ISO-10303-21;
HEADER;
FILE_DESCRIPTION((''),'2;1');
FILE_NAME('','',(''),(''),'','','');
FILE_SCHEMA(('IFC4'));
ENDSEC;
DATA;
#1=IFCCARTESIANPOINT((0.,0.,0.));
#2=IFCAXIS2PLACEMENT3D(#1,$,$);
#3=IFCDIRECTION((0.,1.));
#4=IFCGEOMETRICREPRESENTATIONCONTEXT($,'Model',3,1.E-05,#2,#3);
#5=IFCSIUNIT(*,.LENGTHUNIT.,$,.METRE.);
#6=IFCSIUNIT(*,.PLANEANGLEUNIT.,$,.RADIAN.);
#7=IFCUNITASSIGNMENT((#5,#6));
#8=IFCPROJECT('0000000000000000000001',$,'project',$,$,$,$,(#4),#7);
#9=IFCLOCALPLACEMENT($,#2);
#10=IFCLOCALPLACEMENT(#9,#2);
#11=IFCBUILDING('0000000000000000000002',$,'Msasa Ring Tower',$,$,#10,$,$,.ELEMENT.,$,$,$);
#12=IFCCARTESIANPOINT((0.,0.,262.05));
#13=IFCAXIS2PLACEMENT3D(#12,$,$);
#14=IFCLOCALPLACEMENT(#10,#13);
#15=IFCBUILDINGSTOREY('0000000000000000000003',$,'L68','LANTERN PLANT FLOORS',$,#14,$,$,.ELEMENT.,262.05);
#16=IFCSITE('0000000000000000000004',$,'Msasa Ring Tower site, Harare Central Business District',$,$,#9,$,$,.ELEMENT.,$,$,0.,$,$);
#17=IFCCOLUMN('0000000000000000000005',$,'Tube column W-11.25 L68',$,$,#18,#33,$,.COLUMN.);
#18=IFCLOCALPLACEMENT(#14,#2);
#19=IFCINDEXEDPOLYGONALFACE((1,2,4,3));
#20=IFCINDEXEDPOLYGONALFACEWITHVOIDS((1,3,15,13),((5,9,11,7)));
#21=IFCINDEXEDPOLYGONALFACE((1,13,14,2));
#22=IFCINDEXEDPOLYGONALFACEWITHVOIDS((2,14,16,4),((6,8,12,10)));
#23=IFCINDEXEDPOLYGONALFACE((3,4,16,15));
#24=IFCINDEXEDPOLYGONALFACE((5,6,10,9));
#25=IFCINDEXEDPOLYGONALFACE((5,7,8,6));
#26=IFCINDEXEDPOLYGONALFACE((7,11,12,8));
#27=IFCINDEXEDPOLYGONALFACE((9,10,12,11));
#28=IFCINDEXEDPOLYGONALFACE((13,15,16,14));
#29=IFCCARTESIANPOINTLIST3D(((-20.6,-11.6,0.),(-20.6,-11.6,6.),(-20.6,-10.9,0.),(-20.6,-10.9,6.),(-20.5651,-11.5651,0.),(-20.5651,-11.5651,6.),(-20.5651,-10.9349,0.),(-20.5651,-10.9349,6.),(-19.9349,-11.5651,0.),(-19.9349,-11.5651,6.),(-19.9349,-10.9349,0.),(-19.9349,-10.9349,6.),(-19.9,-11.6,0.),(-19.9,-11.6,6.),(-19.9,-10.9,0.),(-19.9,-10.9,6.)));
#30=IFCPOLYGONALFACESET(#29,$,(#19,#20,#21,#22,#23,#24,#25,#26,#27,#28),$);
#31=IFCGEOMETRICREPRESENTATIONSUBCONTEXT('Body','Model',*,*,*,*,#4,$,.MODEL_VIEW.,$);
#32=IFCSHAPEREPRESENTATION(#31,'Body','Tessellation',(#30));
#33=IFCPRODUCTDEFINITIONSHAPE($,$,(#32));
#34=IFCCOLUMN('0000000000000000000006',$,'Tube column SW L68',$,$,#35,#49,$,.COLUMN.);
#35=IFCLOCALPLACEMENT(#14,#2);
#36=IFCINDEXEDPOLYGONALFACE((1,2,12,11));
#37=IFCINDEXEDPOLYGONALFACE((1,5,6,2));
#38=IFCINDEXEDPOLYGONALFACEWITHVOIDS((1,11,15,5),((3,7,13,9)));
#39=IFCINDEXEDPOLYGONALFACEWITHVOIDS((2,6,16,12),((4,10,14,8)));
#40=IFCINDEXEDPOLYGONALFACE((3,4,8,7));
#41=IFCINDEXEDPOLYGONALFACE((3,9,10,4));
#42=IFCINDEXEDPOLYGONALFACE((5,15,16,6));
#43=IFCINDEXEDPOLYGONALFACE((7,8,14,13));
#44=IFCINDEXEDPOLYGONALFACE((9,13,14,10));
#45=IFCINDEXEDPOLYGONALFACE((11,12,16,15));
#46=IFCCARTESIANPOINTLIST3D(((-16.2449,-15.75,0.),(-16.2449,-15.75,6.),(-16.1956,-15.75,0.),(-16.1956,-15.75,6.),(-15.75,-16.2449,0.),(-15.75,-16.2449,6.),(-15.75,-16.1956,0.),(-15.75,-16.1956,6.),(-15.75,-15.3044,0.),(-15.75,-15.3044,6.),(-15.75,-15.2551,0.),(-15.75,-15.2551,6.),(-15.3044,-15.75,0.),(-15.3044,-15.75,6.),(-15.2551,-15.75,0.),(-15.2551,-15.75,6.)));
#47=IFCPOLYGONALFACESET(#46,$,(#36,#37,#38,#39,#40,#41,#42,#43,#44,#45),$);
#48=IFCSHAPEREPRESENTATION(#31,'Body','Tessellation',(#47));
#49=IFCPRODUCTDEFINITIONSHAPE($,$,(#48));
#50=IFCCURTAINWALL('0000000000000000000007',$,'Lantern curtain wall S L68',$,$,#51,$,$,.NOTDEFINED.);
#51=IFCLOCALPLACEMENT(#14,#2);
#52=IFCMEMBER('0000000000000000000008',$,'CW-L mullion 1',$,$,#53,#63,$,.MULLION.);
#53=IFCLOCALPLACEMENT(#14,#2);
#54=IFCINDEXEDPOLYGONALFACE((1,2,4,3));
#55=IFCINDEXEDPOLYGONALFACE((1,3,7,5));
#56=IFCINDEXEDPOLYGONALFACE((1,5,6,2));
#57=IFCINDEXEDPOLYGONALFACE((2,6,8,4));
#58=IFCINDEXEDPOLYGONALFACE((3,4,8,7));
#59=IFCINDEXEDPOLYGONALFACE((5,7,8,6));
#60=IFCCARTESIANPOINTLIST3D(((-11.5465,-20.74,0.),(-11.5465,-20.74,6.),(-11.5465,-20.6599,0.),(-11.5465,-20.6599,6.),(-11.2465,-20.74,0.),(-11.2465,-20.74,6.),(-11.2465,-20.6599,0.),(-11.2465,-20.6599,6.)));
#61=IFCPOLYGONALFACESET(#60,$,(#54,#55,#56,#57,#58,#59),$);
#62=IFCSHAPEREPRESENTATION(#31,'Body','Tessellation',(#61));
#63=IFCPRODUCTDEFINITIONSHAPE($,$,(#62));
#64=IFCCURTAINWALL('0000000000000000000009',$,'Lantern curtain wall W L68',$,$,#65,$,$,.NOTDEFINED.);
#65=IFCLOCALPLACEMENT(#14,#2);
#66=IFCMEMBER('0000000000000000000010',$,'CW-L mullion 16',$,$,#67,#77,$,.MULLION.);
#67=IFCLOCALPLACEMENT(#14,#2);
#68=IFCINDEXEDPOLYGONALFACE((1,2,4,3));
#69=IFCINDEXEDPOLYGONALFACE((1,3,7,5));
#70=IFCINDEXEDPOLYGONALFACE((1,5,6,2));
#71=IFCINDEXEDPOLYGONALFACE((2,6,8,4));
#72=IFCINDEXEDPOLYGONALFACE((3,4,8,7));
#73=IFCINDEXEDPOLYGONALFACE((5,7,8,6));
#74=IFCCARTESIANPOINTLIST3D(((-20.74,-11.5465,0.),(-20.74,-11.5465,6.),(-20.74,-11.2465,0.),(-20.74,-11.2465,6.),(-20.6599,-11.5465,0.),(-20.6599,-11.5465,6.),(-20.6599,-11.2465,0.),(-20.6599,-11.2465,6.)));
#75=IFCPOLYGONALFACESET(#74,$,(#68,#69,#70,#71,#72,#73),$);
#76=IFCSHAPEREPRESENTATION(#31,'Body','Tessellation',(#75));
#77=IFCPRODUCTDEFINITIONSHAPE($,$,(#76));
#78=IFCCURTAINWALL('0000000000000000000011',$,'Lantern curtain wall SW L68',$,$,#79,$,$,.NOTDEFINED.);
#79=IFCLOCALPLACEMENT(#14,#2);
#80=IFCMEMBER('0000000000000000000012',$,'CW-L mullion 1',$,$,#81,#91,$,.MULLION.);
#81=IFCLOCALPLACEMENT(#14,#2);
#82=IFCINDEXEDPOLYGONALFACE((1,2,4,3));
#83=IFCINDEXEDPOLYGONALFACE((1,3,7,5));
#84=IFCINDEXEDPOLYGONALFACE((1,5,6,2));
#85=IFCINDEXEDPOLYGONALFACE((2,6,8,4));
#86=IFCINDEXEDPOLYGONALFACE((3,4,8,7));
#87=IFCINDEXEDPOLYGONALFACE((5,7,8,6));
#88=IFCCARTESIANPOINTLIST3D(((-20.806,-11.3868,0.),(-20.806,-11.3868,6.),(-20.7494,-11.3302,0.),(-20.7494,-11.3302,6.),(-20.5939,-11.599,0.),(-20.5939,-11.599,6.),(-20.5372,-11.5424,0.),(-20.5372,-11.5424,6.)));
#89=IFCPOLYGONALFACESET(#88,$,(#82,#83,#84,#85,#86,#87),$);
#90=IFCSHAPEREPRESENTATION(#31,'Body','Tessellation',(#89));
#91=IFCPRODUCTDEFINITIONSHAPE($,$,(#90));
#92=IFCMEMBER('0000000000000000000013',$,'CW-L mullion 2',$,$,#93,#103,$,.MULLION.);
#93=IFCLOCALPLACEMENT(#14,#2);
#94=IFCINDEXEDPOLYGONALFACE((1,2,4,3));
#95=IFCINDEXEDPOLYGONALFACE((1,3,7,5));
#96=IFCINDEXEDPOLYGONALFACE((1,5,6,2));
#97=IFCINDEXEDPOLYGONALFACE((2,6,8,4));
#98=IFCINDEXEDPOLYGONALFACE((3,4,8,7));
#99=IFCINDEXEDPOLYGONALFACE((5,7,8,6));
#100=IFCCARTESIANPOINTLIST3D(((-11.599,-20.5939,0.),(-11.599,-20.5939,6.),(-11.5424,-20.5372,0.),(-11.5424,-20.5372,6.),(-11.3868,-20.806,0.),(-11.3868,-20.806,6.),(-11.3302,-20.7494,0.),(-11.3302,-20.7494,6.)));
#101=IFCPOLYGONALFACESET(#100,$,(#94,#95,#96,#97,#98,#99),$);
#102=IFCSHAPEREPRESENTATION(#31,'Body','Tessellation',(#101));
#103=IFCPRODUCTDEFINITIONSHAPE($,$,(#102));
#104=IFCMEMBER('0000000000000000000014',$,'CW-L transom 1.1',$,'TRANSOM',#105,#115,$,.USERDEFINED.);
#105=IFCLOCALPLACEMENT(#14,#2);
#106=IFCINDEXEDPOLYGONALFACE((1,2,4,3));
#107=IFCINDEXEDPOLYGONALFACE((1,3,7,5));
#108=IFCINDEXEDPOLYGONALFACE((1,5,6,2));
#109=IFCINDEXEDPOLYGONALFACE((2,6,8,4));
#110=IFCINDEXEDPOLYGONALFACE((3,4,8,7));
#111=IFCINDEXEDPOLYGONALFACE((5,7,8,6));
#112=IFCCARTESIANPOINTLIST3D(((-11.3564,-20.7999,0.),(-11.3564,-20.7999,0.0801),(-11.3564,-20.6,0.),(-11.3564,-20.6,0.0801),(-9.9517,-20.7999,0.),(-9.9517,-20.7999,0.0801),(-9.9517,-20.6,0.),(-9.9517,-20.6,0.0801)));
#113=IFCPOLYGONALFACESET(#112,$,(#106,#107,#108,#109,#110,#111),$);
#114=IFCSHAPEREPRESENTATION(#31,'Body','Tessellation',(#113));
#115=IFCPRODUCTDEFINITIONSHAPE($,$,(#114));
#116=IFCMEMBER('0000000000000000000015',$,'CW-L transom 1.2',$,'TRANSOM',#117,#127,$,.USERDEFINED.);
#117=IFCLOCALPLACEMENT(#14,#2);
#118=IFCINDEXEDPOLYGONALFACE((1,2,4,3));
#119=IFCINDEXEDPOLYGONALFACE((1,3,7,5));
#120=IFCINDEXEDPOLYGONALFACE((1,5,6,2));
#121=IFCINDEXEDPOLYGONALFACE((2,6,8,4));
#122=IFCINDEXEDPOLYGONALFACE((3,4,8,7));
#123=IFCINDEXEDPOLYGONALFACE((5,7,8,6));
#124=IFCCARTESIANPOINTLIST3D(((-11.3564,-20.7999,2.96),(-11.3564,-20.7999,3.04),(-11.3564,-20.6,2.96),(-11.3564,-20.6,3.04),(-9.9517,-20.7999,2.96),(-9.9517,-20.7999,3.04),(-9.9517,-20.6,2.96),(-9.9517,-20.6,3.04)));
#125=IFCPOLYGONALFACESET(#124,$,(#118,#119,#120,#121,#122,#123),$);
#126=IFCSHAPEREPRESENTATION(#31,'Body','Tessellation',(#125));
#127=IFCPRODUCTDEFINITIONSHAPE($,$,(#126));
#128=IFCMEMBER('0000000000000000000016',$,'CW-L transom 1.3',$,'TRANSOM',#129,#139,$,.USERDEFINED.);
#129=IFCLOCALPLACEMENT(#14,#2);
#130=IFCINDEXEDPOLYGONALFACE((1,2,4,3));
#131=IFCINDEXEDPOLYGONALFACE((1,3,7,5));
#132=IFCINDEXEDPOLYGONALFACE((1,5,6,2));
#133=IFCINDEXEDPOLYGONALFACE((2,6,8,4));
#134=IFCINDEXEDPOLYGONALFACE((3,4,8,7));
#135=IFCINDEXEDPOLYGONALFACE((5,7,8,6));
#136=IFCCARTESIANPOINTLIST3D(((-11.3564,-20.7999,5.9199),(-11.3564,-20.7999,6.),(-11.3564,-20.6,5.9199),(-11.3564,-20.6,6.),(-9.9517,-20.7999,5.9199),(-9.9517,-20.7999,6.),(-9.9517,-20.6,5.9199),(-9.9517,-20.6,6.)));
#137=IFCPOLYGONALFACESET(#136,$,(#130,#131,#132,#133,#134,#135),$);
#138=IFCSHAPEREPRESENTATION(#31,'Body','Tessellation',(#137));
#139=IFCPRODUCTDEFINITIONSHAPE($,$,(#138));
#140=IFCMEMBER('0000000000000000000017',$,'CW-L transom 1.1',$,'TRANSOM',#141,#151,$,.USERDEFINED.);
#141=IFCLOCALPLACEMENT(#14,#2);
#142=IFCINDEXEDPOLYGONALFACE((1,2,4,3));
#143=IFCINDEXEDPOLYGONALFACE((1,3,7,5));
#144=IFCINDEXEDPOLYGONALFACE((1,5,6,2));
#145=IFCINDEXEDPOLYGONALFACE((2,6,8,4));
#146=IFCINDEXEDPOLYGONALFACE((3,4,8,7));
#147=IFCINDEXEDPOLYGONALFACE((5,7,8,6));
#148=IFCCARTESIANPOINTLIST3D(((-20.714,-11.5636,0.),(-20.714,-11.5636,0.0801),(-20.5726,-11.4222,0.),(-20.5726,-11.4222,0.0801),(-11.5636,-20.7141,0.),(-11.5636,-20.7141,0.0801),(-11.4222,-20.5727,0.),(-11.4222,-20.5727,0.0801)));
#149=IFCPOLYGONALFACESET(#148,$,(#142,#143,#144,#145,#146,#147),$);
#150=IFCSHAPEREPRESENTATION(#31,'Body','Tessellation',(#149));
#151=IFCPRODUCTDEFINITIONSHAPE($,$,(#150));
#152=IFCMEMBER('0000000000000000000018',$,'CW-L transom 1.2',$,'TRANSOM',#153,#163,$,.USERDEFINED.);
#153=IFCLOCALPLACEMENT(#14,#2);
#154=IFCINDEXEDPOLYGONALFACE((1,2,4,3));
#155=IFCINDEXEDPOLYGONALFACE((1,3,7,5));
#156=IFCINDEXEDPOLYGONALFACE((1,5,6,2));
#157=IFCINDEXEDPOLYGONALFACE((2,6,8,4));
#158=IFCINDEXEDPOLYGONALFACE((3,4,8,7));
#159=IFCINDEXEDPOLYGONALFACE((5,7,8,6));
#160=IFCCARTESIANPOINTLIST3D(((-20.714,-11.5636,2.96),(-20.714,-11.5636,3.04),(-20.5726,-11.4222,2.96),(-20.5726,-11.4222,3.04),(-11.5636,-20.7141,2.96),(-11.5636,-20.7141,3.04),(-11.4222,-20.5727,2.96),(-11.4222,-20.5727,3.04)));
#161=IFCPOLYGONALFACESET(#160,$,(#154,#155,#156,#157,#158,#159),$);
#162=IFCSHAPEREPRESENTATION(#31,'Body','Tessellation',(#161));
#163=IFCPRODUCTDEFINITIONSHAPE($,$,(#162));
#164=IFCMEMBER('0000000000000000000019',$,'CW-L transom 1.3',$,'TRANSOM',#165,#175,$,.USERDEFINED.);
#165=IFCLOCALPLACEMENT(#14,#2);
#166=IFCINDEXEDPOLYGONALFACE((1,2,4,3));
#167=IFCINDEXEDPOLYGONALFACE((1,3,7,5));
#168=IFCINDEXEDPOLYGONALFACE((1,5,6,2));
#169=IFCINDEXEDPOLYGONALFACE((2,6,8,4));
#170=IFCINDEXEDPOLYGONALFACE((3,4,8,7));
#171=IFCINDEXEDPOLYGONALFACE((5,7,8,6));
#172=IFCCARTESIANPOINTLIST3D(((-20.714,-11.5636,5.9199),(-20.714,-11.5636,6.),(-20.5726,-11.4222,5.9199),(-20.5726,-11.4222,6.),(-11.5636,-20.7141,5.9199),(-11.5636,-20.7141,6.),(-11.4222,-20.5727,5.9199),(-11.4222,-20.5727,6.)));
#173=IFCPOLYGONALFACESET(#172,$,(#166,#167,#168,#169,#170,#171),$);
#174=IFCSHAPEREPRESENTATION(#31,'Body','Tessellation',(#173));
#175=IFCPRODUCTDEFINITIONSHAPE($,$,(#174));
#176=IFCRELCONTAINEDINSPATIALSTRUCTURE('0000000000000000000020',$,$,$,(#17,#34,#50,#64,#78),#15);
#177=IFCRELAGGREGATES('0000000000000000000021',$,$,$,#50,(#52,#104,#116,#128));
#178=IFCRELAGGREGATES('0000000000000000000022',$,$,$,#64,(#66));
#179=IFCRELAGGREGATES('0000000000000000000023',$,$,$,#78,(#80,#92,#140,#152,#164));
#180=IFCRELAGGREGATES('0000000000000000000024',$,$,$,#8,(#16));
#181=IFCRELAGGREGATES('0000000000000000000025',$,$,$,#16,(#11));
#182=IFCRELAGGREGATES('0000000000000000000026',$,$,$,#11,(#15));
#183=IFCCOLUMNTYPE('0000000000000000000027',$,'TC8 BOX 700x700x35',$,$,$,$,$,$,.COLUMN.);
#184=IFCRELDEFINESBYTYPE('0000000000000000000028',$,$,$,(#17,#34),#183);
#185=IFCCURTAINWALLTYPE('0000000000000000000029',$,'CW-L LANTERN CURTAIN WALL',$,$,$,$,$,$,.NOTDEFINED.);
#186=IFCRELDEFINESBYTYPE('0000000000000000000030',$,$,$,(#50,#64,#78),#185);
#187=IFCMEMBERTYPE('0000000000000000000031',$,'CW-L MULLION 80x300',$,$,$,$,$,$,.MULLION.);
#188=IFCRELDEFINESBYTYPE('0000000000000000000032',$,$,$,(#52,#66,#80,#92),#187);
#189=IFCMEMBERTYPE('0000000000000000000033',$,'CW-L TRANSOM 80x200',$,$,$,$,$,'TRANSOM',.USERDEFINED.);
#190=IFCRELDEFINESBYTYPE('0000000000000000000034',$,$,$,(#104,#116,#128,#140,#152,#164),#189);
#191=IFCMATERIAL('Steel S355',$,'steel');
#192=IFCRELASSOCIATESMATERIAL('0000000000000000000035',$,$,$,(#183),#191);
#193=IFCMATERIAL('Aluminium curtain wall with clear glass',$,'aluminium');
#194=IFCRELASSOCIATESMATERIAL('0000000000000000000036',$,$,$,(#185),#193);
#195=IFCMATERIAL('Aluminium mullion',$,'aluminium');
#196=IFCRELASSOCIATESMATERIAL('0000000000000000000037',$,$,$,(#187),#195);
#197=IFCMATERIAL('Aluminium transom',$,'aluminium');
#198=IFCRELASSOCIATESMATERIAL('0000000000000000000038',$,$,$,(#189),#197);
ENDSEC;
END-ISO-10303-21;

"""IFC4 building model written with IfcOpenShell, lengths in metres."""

from ifc_helpers import new_model, si_unit, direction, frame, origin, origin_2d, place, context, subcontext, project, spatial, rectangle, hollow_rectangle, extrude, material, material_profile, profile_set, type_object, element, aggregate, save


model = new_model("IFC4")

# Units and contexts
model_context = context("Model", 3, precision=1e-05, world=origin(), true_north=direction((0.0, 1.0)))
body_context = subcontext(model_context, "Body", "Model", "MODEL_VIEW")
ifc_project = project(units=[si_unit("LENGTHUNIT", "METRE"), si_unit("PLANEANGLEUNIT", "RADIAN")], contexts=[model_context])

# Site, building, storey
site_placement = place(None, origin())
site = spatial("IfcSite", under=ifc_project, at=site_placement, Name="Msasa Ring Tower site, Harare Central Business District", CompositionType="ELEMENT", RefElevation=0.0)
building_placement = place(site_placement, origin())
building = spatial("IfcBuilding", under=site, at=building_placement, Name="Msasa Ring Tower", CompositionType="ELEMENT")
storey_placement = place(building_placement, frame((0.0, 0.0, 262.05)))
storey = spatial("IfcBuildingStorey", under=building, at=storey_placement, Name="L68", Description="LANTERN PLANT FLOORS", CompositionType="ELEMENT", Elevation=262.05)

# Columns
ifc_material_1 = material(Name="Steel S355", Category="steel")
ifc_material_profile_1 = material_profile(ifc_material_1, hollow_rectangle(XDim=0.7, YDim=0.7, WallThickness=0.0349, at=origin_2d()), Name="BOX 700x700x35")
ifc_profile_set_1 = profile_set([ifc_material_profile_1], Name="Steel S355")
column_type = type_object("IfcColumnType", Name="TC8 BOX 700x700x35", PredefinedType="COLUMN", material=ifc_profile_set_1)
for number, where, z_axis, x_axis, name in (
    (1, (-20.25, -11.25, 0.0), (0.0, 0.0, 1.0), (1.0, 0.0, 0.0), "Tube column W-11.25 L68"),
    (2, (-15.75, -15.75, 0.0), (0.0, 0.0, 1.0), (0.707107, 0.707107, 0.0), "Tube column SW L68"),
):
    element("IfcColumn", number, at=place(storey_placement, frame(where, z_axis=z_axis, x_axis=x_axis)), inside=storey, type_object=column_type, Name=name, PredefinedType="COLUMN", context=body_context, shape_type="SweptSolid", body=[
        extrude(hollow_rectangle(XDim=0.7, YDim=0.7, WallThickness=0.0349, at=origin_2d()), origin(), (0.0, 0.0, 1.0), 6.0),
    ])

# Curtain walls, members
ifc_material_2 = material(Name="Aluminium curtain wall with clear glass", Category="aluminium")
curtain_wall_type = type_object("IfcCurtainWallType", Name="CW-L LANTERN CURTAIN WALL", PredefinedType="NOTDEFINED", material=ifc_material_2)
curtain_wall_1_placement = place(storey_placement, origin())
curtain_wall_1 = element("IfcCurtainWall", 3, at=curtain_wall_1_placement, inside=storey, type_object=curtain_wall_type, Name="Lantern curtain wall S L68", PredefinedType="NOTDEFINED")
ifc_material_3 = material(Name="Aluminium mullion", Category="aluminium")
ifc_material_profile_2 = material_profile(ifc_material_3, rectangle(XDim=0.0801, YDim=0.3, at=origin_2d()), Name="AL 80x300")
ifc_profile_set_2 = profile_set([ifc_material_profile_2], Name="Aluminium mullion")
member_type_1 = type_object("IfcMemberType", Name="CW-L MULLION 80x300", PredefinedType="MULLION", material=ifc_profile_set_2)
member_1_placement = place(storey_placement, frame((-11.3965, -20.7, 0.0), z_axis=(0.0, 0.0, 1.0), x_axis=(0.0, 1.0, 0.0)))
member_1 = element("IfcMember", 4, at=member_1_placement, type_object=member_type_1, Name="CW-L mullion 1", PredefinedType="MULLION", context=body_context, shape_type="SweptSolid", body=[
    extrude(rectangle(XDim=0.0801, YDim=0.3, at=origin_2d()), origin(), (0.0, 0.0, 1.0), 6.0),
])
curtain_wall_2_placement = place(storey_placement, origin())
curtain_wall_2 = element("IfcCurtainWall", 5, at=curtain_wall_2_placement, inside=storey, type_object=curtain_wall_type, Name="Lantern curtain wall W L68", PredefinedType="NOTDEFINED")
member_2_placement = place(storey_placement, frame((-20.7, -11.3965, 0.0), z_axis=(0.0, 0.0, 1.0), x_axis=(1.0, 0.0, 0.0)))
member_2 = element("IfcMember", 6, at=member_2_placement, type_object=member_type_1, Name="CW-L mullion 16", PredefinedType="MULLION", context=body_context, shape_type="SweptSolid", body=[
    extrude(rectangle(XDim=0.0801, YDim=0.3, at=origin_2d()), origin(), (0.0, 0.0, 1.0), 6.0),
])

# Curtain wall, members
curtain_wall_3_placement = place(storey_placement, origin())
curtain_wall_3 = element("IfcCurtainWall", 7, at=curtain_wall_3_placement, inside=storey, type_object=curtain_wall_type, Name="Lantern curtain wall SW L68", PredefinedType="NOTDEFINED")
member_3_placement = place(storey_placement, frame((-20.6716, -11.4646, 0.0), z_axis=(0.0, 0.0, 1.0), x_axis=(0.707107, 0.707107, 0.0)))
member_3 = element("IfcMember", 8, at=member_3_placement, type_object=member_type_1, Name="CW-L mullion 1", PredefinedType="MULLION", context=body_context, shape_type="SweptSolid", body=[
    extrude(rectangle(XDim=0.0801, YDim=0.3, at=origin_2d()), origin(), (0.0, 0.0, 1.0), 6.0),
])
member_4_placement = place(storey_placement, frame((-11.4646, -20.6716, 0.0), z_axis=(0.0, 0.0, 1.0), x_axis=(0.707107, 0.707107, 0.0)))
member_4 = element("IfcMember", 9, at=member_4_placement, type_object=member_type_1, Name="CW-L mullion 2", PredefinedType="MULLION", context=body_context, shape_type="SweptSolid", body=[
    extrude(rectangle(XDim=0.0801, YDim=0.3, at=origin_2d()), origin(), (0.0, 0.0, 1.0), 6.0),
])

# Members
ifc_material_4 = material(Name="Aluminium transom", Category="aluminium")
ifc_material_profile_3 = material_profile(ifc_material_4, rectangle(XDim=0.2, YDim=0.0801, at=origin_2d()), Name="AL 80x200")
ifc_profile_set_3 = profile_set([ifc_material_profile_3], Name="Aluminium transom")
member_type_2 = type_object("IfcMemberType", Name="CW-L TRANSOM 80x200", ElementType="TRANSOM", PredefinedType="USERDEFINED", material=ifc_profile_set_3)
member_5_placement = place(storey_placement, frame((-11.3564, -20.7, 0.04), z_axis=(1.0, 0.0, 0.0), x_axis=(0.0, 1.0, 0.0)))
member_5 = element("IfcMember", 10, at=member_5_placement, type_object=member_type_2, Name="CW-L transom 1.1", ObjectType="TRANSOM", PredefinedType="USERDEFINED", context=body_context, shape_type="SweptSolid", body=[
    extrude(rectangle(XDim=0.2, YDim=0.0801, at=origin_2d()), origin(), (0.0, 0.0, 1.0), 1.4048),
])
member_6_placement = place(storey_placement, frame((-11.3564, -20.7, 3.0), z_axis=(1.0, 0.0, 0.0), x_axis=(0.0, 1.0, 0.0)))
member_6 = element("IfcMember", 11, at=member_6_placement, type_object=member_type_2, Name="CW-L transom 1.2", ObjectType="TRANSOM", PredefinedType="USERDEFINED", context=body_context, shape_type="SweptSolid", body=[
    extrude(rectangle(XDim=0.2, YDim=0.0801, at=origin_2d()), origin(), (0.0, 0.0, 1.0), 1.4048),
])
member_7_placement = place(storey_placement, frame((-11.3564, -20.7, 5.96), z_axis=(1.0, 0.0, 0.0), x_axis=(0.0, 1.0, 0.0)))
member_7 = element("IfcMember", 12, at=member_7_placement, type_object=member_type_2, Name="CW-L transom 1.3", ObjectType="TRANSOM", PredefinedType="USERDEFINED", context=body_context, shape_type="SweptSolid", body=[
    extrude(rectangle(XDim=0.2, YDim=0.0801, at=origin_2d()), origin(), (0.0, 0.0, 1.0), 1.4048),
])
aggregate(curtain_wall_1, [member_1, member_5, member_6, member_7])
member_8_placement = place(storey_placement, frame((-20.6433, -11.4929, 0.04), z_axis=(0.707107, -0.707107, 0.0), x_axis=(0.707107, 0.707107, 0.0)))
member_8 = element("IfcMember", 13, at=member_8_placement, type_object=member_type_2, Name="CW-L transom 1.1", ObjectType="TRANSOM", PredefinedType="USERDEFINED", context=body_context, shape_type="SweptSolid", body=[
    extrude(rectangle(XDim=0.2, YDim=0.0801, at=origin_2d()), origin(), (0.0, 0.0, 1.0), 12.9407),
])
member_9_placement = place(storey_placement, frame((-20.6433, -11.4929, 3.0), z_axis=(0.707107, -0.707107, 0.0), x_axis=(0.707107, 0.707107, 0.0)))
member_9 = element("IfcMember", 14, at=member_9_placement, type_object=member_type_2, Name="CW-L transom 1.2", ObjectType="TRANSOM", PredefinedType="USERDEFINED", context=body_context, shape_type="SweptSolid", body=[
    extrude(rectangle(XDim=0.2, YDim=0.0801, at=origin_2d()), origin(), (0.0, 0.0, 1.0), 12.9407),
])
member_10_placement = place(storey_placement, frame((-20.6433, -11.4929, 5.96), z_axis=(0.707107, -0.707107, 0.0), x_axis=(0.707107, 0.707107, 0.0)))
member_10 = element("IfcMember", 15, at=member_10_placement, type_object=member_type_2, Name="CW-L transom 1.3", ObjectType="TRANSOM", PredefinedType="USERDEFINED", context=body_context, shape_type="SweptSolid", body=[
    extrude(rectangle(XDim=0.2, YDim=0.0801, at=origin_2d()), origin(), (0.0, 0.0, 1.0), 12.9407),
])

aggregate(curtain_wall_2, [member_2])
aggregate(curtain_wall_3, [member_3, member_4, member_8, member_9, member_10])

save(model, "model.ifc")
